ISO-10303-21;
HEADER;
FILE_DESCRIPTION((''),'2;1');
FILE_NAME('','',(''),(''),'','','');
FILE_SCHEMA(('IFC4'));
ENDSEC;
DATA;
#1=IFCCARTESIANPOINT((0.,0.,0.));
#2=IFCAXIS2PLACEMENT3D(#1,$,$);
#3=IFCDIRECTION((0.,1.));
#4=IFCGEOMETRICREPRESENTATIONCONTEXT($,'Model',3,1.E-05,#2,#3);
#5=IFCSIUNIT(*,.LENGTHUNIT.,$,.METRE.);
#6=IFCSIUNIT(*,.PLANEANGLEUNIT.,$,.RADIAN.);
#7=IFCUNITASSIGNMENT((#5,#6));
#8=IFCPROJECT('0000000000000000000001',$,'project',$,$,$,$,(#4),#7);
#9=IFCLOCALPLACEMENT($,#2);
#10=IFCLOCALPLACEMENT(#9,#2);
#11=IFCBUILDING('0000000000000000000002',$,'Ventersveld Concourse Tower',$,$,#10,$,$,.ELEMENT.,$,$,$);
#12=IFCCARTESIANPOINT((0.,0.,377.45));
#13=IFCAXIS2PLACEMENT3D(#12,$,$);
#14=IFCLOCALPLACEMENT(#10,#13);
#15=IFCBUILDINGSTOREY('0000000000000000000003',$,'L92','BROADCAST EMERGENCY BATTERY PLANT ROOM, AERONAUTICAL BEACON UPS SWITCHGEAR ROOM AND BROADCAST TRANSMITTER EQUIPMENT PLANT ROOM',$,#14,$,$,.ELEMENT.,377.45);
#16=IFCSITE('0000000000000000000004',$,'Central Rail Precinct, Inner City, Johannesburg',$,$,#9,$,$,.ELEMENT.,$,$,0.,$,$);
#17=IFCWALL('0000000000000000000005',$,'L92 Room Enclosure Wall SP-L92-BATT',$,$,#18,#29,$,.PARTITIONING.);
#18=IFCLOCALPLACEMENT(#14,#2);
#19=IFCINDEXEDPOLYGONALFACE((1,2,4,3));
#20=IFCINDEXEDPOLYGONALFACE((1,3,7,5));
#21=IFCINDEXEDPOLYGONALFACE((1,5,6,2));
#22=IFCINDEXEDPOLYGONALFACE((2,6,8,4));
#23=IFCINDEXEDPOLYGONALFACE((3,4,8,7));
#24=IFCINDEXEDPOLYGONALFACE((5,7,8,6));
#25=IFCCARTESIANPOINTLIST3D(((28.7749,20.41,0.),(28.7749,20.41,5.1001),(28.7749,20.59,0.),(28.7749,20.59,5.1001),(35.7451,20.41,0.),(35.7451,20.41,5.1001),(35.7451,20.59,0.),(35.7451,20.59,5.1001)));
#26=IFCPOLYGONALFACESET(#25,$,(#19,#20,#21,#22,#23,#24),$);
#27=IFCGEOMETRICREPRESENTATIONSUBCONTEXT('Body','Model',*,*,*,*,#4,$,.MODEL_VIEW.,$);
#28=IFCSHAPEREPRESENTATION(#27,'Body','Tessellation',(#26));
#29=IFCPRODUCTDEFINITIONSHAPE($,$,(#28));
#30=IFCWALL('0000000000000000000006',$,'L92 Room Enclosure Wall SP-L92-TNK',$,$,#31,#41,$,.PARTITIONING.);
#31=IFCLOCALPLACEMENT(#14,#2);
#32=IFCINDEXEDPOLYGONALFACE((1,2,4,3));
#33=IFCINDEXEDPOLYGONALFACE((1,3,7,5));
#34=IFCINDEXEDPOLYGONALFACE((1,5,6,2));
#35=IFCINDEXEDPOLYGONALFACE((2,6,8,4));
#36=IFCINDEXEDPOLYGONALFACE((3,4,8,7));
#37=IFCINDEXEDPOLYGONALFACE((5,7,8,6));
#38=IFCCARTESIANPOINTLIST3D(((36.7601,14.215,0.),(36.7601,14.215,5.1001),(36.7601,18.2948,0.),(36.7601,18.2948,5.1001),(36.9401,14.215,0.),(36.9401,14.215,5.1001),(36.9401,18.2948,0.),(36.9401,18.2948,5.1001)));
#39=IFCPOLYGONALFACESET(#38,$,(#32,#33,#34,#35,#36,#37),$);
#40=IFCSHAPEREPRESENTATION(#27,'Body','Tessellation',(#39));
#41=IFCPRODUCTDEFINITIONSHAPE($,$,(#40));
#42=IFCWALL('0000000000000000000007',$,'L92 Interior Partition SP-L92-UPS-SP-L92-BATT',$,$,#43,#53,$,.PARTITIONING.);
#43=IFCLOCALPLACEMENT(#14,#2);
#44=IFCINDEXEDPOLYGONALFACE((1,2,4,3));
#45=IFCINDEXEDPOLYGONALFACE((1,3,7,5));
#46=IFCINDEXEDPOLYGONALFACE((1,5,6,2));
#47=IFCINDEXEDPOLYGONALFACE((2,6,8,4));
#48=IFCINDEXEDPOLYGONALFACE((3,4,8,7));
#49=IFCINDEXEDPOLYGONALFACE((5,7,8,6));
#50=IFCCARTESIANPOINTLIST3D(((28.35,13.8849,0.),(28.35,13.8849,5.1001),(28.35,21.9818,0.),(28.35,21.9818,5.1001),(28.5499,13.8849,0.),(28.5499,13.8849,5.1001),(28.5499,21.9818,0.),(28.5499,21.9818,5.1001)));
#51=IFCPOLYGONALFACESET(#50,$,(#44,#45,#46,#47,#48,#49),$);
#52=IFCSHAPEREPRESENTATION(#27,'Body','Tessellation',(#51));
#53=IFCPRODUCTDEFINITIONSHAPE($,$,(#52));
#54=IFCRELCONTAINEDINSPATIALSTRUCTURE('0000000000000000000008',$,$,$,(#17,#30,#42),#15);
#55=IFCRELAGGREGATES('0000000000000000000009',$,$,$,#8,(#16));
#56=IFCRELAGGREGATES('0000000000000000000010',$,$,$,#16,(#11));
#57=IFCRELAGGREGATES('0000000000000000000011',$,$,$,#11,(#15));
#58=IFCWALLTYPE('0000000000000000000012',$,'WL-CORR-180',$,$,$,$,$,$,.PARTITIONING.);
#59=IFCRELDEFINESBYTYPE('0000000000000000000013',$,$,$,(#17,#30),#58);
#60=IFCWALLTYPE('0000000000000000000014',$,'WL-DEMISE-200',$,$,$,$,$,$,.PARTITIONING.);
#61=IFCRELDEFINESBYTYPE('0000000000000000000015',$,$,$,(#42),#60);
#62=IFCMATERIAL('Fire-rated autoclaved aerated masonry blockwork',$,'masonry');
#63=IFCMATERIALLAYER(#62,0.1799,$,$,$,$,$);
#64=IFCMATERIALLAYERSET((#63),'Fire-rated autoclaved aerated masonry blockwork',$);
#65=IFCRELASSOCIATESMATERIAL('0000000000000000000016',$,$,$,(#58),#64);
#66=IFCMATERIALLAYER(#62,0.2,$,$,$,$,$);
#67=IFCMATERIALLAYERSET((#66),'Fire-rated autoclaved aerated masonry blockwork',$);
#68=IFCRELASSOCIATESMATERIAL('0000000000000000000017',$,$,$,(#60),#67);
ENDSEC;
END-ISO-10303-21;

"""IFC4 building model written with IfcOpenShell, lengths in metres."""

from ifc_helpers import new_model, si_unit, direction, frame, frame_2d, origin, place, context, subcontext, project, spatial, rectangle, extrude, material, layer, layer_set, type_object, element, save


model = new_model("IFC4")

# Units and contexts
model_context = context("Model", 3, precision=1e-05, world=origin(), true_north=direction((0.0, 1.0)))
body_context = subcontext(model_context, "Body", "Model", "MODEL_VIEW")
ifc_project = project(units=[si_unit("LENGTHUNIT", "METRE"), si_unit("PLANEANGLEUNIT", "RADIAN")], contexts=[model_context])

# Site, building, storey
site_placement = place(None, origin())
site = spatial("IfcSite", under=ifc_project, at=site_placement, Name="Central Rail Precinct, Inner City, Johannesburg", CompositionType="ELEMENT", RefElevation=0.0)
building_placement = place(site_placement, origin())
building = spatial("IfcBuilding", under=site, at=building_placement, Name="Ventersveld Concourse Tower", CompositionType="ELEMENT")
storey_placement = place(building_placement, frame((0.0, 0.0, 377.45)))
storey = spatial("IfcBuildingStorey", under=building, at=storey_placement, Name="L92", Description="BROADCAST EMERGENCY BATTERY PLANT ROOM, AERONAUTICAL BEACON UPS SWITCHGEAR ROOM AND BROADCAST TRANSMITTER EQUIPMENT PLANT ROOM", CompositionType="ELEMENT", Elevation=377.45)

# Shared definitions
ifc_material_1 = material(Name="Fire-rated autoclaved aerated masonry blockwork", Category="masonry")
ifc_layer_1 = layer(ifc_material_1, 0.1799)
ifc_layer_set_1 = layer_set([ifc_layer_1], Name="Fire-rated autoclaved aerated masonry blockwork")
wall_type_1 = type_object("IfcWallType", Name="WL-CORR-180", PredefinedType="PARTITIONING", material=ifc_layer_set_1)

# Walls
wall_1_placement = place(storey_placement, frame((35.7451, 20.5, 0.0), z_axis=(0.0, 0.0, 1.0), x_axis=(-1.0, 0.0, 0.0)))
element("IfcWall", 1, at=wall_1_placement, inside=storey, type_object=wall_type_1, Name="L92 Room Enclosure Wall SP-L92-BATT", PredefinedType="PARTITIONING", context=body_context, shape_type="SweptSolid", body=[
    extrude(rectangle(XDim=6.9702, YDim=0.1799, at=frame_2d((3.4851, 0.0))), origin(), (0.0, 0.0, 1.0), 5.1001),
])
wall_2_placement = place(storey_placement, frame((36.8501, 18.2949, 0.0), z_axis=(0.0, 0.0, 1.0), x_axis=(0.0, -1.0, 0.0)))
element("IfcWall", 2, at=wall_2_placement, inside=storey, type_object=wall_type_1, Name="L92 Room Enclosure Wall SP-L92-TNK", PredefinedType="PARTITIONING", context=body_context, shape_type="SweptSolid", body=[
    extrude(rectangle(XDim=4.0798, YDim=0.1799, at=frame_2d((2.04, 0.0))), origin(), (0.0, 0.0, 1.0), 5.1001),
])
ifc_layer_2 = layer(ifc_material_1, 0.2)
ifc_layer_set_2 = layer_set([ifc_layer_2], Name="Fire-rated autoclaved aerated masonry blockwork")
wall_type_2 = type_object("IfcWallType", Name="WL-DEMISE-200", PredefinedType="PARTITIONING", material=ifc_layer_set_2)
wall_3_placement = place(storey_placement, frame((28.45, 13.885, 0.0), z_axis=(0.0, 0.0, 1.0), x_axis=(0.0, 1.0, 0.0)))
element("IfcWall", 3, at=wall_3_placement, inside=storey, type_object=wall_type_2, Name="L92 Interior Partition SP-L92-UPS-SP-L92-BATT", PredefinedType="PARTITIONING", context=body_context, shape_type="SweptSolid", body=[
    extrude(rectangle(XDim=8.0969, YDim=0.2, at=frame_2d((4.0483, 0.0))), origin(), (0.0, 0.0, 1.0), 5.1001),
])

save(model, "model.ifc")
